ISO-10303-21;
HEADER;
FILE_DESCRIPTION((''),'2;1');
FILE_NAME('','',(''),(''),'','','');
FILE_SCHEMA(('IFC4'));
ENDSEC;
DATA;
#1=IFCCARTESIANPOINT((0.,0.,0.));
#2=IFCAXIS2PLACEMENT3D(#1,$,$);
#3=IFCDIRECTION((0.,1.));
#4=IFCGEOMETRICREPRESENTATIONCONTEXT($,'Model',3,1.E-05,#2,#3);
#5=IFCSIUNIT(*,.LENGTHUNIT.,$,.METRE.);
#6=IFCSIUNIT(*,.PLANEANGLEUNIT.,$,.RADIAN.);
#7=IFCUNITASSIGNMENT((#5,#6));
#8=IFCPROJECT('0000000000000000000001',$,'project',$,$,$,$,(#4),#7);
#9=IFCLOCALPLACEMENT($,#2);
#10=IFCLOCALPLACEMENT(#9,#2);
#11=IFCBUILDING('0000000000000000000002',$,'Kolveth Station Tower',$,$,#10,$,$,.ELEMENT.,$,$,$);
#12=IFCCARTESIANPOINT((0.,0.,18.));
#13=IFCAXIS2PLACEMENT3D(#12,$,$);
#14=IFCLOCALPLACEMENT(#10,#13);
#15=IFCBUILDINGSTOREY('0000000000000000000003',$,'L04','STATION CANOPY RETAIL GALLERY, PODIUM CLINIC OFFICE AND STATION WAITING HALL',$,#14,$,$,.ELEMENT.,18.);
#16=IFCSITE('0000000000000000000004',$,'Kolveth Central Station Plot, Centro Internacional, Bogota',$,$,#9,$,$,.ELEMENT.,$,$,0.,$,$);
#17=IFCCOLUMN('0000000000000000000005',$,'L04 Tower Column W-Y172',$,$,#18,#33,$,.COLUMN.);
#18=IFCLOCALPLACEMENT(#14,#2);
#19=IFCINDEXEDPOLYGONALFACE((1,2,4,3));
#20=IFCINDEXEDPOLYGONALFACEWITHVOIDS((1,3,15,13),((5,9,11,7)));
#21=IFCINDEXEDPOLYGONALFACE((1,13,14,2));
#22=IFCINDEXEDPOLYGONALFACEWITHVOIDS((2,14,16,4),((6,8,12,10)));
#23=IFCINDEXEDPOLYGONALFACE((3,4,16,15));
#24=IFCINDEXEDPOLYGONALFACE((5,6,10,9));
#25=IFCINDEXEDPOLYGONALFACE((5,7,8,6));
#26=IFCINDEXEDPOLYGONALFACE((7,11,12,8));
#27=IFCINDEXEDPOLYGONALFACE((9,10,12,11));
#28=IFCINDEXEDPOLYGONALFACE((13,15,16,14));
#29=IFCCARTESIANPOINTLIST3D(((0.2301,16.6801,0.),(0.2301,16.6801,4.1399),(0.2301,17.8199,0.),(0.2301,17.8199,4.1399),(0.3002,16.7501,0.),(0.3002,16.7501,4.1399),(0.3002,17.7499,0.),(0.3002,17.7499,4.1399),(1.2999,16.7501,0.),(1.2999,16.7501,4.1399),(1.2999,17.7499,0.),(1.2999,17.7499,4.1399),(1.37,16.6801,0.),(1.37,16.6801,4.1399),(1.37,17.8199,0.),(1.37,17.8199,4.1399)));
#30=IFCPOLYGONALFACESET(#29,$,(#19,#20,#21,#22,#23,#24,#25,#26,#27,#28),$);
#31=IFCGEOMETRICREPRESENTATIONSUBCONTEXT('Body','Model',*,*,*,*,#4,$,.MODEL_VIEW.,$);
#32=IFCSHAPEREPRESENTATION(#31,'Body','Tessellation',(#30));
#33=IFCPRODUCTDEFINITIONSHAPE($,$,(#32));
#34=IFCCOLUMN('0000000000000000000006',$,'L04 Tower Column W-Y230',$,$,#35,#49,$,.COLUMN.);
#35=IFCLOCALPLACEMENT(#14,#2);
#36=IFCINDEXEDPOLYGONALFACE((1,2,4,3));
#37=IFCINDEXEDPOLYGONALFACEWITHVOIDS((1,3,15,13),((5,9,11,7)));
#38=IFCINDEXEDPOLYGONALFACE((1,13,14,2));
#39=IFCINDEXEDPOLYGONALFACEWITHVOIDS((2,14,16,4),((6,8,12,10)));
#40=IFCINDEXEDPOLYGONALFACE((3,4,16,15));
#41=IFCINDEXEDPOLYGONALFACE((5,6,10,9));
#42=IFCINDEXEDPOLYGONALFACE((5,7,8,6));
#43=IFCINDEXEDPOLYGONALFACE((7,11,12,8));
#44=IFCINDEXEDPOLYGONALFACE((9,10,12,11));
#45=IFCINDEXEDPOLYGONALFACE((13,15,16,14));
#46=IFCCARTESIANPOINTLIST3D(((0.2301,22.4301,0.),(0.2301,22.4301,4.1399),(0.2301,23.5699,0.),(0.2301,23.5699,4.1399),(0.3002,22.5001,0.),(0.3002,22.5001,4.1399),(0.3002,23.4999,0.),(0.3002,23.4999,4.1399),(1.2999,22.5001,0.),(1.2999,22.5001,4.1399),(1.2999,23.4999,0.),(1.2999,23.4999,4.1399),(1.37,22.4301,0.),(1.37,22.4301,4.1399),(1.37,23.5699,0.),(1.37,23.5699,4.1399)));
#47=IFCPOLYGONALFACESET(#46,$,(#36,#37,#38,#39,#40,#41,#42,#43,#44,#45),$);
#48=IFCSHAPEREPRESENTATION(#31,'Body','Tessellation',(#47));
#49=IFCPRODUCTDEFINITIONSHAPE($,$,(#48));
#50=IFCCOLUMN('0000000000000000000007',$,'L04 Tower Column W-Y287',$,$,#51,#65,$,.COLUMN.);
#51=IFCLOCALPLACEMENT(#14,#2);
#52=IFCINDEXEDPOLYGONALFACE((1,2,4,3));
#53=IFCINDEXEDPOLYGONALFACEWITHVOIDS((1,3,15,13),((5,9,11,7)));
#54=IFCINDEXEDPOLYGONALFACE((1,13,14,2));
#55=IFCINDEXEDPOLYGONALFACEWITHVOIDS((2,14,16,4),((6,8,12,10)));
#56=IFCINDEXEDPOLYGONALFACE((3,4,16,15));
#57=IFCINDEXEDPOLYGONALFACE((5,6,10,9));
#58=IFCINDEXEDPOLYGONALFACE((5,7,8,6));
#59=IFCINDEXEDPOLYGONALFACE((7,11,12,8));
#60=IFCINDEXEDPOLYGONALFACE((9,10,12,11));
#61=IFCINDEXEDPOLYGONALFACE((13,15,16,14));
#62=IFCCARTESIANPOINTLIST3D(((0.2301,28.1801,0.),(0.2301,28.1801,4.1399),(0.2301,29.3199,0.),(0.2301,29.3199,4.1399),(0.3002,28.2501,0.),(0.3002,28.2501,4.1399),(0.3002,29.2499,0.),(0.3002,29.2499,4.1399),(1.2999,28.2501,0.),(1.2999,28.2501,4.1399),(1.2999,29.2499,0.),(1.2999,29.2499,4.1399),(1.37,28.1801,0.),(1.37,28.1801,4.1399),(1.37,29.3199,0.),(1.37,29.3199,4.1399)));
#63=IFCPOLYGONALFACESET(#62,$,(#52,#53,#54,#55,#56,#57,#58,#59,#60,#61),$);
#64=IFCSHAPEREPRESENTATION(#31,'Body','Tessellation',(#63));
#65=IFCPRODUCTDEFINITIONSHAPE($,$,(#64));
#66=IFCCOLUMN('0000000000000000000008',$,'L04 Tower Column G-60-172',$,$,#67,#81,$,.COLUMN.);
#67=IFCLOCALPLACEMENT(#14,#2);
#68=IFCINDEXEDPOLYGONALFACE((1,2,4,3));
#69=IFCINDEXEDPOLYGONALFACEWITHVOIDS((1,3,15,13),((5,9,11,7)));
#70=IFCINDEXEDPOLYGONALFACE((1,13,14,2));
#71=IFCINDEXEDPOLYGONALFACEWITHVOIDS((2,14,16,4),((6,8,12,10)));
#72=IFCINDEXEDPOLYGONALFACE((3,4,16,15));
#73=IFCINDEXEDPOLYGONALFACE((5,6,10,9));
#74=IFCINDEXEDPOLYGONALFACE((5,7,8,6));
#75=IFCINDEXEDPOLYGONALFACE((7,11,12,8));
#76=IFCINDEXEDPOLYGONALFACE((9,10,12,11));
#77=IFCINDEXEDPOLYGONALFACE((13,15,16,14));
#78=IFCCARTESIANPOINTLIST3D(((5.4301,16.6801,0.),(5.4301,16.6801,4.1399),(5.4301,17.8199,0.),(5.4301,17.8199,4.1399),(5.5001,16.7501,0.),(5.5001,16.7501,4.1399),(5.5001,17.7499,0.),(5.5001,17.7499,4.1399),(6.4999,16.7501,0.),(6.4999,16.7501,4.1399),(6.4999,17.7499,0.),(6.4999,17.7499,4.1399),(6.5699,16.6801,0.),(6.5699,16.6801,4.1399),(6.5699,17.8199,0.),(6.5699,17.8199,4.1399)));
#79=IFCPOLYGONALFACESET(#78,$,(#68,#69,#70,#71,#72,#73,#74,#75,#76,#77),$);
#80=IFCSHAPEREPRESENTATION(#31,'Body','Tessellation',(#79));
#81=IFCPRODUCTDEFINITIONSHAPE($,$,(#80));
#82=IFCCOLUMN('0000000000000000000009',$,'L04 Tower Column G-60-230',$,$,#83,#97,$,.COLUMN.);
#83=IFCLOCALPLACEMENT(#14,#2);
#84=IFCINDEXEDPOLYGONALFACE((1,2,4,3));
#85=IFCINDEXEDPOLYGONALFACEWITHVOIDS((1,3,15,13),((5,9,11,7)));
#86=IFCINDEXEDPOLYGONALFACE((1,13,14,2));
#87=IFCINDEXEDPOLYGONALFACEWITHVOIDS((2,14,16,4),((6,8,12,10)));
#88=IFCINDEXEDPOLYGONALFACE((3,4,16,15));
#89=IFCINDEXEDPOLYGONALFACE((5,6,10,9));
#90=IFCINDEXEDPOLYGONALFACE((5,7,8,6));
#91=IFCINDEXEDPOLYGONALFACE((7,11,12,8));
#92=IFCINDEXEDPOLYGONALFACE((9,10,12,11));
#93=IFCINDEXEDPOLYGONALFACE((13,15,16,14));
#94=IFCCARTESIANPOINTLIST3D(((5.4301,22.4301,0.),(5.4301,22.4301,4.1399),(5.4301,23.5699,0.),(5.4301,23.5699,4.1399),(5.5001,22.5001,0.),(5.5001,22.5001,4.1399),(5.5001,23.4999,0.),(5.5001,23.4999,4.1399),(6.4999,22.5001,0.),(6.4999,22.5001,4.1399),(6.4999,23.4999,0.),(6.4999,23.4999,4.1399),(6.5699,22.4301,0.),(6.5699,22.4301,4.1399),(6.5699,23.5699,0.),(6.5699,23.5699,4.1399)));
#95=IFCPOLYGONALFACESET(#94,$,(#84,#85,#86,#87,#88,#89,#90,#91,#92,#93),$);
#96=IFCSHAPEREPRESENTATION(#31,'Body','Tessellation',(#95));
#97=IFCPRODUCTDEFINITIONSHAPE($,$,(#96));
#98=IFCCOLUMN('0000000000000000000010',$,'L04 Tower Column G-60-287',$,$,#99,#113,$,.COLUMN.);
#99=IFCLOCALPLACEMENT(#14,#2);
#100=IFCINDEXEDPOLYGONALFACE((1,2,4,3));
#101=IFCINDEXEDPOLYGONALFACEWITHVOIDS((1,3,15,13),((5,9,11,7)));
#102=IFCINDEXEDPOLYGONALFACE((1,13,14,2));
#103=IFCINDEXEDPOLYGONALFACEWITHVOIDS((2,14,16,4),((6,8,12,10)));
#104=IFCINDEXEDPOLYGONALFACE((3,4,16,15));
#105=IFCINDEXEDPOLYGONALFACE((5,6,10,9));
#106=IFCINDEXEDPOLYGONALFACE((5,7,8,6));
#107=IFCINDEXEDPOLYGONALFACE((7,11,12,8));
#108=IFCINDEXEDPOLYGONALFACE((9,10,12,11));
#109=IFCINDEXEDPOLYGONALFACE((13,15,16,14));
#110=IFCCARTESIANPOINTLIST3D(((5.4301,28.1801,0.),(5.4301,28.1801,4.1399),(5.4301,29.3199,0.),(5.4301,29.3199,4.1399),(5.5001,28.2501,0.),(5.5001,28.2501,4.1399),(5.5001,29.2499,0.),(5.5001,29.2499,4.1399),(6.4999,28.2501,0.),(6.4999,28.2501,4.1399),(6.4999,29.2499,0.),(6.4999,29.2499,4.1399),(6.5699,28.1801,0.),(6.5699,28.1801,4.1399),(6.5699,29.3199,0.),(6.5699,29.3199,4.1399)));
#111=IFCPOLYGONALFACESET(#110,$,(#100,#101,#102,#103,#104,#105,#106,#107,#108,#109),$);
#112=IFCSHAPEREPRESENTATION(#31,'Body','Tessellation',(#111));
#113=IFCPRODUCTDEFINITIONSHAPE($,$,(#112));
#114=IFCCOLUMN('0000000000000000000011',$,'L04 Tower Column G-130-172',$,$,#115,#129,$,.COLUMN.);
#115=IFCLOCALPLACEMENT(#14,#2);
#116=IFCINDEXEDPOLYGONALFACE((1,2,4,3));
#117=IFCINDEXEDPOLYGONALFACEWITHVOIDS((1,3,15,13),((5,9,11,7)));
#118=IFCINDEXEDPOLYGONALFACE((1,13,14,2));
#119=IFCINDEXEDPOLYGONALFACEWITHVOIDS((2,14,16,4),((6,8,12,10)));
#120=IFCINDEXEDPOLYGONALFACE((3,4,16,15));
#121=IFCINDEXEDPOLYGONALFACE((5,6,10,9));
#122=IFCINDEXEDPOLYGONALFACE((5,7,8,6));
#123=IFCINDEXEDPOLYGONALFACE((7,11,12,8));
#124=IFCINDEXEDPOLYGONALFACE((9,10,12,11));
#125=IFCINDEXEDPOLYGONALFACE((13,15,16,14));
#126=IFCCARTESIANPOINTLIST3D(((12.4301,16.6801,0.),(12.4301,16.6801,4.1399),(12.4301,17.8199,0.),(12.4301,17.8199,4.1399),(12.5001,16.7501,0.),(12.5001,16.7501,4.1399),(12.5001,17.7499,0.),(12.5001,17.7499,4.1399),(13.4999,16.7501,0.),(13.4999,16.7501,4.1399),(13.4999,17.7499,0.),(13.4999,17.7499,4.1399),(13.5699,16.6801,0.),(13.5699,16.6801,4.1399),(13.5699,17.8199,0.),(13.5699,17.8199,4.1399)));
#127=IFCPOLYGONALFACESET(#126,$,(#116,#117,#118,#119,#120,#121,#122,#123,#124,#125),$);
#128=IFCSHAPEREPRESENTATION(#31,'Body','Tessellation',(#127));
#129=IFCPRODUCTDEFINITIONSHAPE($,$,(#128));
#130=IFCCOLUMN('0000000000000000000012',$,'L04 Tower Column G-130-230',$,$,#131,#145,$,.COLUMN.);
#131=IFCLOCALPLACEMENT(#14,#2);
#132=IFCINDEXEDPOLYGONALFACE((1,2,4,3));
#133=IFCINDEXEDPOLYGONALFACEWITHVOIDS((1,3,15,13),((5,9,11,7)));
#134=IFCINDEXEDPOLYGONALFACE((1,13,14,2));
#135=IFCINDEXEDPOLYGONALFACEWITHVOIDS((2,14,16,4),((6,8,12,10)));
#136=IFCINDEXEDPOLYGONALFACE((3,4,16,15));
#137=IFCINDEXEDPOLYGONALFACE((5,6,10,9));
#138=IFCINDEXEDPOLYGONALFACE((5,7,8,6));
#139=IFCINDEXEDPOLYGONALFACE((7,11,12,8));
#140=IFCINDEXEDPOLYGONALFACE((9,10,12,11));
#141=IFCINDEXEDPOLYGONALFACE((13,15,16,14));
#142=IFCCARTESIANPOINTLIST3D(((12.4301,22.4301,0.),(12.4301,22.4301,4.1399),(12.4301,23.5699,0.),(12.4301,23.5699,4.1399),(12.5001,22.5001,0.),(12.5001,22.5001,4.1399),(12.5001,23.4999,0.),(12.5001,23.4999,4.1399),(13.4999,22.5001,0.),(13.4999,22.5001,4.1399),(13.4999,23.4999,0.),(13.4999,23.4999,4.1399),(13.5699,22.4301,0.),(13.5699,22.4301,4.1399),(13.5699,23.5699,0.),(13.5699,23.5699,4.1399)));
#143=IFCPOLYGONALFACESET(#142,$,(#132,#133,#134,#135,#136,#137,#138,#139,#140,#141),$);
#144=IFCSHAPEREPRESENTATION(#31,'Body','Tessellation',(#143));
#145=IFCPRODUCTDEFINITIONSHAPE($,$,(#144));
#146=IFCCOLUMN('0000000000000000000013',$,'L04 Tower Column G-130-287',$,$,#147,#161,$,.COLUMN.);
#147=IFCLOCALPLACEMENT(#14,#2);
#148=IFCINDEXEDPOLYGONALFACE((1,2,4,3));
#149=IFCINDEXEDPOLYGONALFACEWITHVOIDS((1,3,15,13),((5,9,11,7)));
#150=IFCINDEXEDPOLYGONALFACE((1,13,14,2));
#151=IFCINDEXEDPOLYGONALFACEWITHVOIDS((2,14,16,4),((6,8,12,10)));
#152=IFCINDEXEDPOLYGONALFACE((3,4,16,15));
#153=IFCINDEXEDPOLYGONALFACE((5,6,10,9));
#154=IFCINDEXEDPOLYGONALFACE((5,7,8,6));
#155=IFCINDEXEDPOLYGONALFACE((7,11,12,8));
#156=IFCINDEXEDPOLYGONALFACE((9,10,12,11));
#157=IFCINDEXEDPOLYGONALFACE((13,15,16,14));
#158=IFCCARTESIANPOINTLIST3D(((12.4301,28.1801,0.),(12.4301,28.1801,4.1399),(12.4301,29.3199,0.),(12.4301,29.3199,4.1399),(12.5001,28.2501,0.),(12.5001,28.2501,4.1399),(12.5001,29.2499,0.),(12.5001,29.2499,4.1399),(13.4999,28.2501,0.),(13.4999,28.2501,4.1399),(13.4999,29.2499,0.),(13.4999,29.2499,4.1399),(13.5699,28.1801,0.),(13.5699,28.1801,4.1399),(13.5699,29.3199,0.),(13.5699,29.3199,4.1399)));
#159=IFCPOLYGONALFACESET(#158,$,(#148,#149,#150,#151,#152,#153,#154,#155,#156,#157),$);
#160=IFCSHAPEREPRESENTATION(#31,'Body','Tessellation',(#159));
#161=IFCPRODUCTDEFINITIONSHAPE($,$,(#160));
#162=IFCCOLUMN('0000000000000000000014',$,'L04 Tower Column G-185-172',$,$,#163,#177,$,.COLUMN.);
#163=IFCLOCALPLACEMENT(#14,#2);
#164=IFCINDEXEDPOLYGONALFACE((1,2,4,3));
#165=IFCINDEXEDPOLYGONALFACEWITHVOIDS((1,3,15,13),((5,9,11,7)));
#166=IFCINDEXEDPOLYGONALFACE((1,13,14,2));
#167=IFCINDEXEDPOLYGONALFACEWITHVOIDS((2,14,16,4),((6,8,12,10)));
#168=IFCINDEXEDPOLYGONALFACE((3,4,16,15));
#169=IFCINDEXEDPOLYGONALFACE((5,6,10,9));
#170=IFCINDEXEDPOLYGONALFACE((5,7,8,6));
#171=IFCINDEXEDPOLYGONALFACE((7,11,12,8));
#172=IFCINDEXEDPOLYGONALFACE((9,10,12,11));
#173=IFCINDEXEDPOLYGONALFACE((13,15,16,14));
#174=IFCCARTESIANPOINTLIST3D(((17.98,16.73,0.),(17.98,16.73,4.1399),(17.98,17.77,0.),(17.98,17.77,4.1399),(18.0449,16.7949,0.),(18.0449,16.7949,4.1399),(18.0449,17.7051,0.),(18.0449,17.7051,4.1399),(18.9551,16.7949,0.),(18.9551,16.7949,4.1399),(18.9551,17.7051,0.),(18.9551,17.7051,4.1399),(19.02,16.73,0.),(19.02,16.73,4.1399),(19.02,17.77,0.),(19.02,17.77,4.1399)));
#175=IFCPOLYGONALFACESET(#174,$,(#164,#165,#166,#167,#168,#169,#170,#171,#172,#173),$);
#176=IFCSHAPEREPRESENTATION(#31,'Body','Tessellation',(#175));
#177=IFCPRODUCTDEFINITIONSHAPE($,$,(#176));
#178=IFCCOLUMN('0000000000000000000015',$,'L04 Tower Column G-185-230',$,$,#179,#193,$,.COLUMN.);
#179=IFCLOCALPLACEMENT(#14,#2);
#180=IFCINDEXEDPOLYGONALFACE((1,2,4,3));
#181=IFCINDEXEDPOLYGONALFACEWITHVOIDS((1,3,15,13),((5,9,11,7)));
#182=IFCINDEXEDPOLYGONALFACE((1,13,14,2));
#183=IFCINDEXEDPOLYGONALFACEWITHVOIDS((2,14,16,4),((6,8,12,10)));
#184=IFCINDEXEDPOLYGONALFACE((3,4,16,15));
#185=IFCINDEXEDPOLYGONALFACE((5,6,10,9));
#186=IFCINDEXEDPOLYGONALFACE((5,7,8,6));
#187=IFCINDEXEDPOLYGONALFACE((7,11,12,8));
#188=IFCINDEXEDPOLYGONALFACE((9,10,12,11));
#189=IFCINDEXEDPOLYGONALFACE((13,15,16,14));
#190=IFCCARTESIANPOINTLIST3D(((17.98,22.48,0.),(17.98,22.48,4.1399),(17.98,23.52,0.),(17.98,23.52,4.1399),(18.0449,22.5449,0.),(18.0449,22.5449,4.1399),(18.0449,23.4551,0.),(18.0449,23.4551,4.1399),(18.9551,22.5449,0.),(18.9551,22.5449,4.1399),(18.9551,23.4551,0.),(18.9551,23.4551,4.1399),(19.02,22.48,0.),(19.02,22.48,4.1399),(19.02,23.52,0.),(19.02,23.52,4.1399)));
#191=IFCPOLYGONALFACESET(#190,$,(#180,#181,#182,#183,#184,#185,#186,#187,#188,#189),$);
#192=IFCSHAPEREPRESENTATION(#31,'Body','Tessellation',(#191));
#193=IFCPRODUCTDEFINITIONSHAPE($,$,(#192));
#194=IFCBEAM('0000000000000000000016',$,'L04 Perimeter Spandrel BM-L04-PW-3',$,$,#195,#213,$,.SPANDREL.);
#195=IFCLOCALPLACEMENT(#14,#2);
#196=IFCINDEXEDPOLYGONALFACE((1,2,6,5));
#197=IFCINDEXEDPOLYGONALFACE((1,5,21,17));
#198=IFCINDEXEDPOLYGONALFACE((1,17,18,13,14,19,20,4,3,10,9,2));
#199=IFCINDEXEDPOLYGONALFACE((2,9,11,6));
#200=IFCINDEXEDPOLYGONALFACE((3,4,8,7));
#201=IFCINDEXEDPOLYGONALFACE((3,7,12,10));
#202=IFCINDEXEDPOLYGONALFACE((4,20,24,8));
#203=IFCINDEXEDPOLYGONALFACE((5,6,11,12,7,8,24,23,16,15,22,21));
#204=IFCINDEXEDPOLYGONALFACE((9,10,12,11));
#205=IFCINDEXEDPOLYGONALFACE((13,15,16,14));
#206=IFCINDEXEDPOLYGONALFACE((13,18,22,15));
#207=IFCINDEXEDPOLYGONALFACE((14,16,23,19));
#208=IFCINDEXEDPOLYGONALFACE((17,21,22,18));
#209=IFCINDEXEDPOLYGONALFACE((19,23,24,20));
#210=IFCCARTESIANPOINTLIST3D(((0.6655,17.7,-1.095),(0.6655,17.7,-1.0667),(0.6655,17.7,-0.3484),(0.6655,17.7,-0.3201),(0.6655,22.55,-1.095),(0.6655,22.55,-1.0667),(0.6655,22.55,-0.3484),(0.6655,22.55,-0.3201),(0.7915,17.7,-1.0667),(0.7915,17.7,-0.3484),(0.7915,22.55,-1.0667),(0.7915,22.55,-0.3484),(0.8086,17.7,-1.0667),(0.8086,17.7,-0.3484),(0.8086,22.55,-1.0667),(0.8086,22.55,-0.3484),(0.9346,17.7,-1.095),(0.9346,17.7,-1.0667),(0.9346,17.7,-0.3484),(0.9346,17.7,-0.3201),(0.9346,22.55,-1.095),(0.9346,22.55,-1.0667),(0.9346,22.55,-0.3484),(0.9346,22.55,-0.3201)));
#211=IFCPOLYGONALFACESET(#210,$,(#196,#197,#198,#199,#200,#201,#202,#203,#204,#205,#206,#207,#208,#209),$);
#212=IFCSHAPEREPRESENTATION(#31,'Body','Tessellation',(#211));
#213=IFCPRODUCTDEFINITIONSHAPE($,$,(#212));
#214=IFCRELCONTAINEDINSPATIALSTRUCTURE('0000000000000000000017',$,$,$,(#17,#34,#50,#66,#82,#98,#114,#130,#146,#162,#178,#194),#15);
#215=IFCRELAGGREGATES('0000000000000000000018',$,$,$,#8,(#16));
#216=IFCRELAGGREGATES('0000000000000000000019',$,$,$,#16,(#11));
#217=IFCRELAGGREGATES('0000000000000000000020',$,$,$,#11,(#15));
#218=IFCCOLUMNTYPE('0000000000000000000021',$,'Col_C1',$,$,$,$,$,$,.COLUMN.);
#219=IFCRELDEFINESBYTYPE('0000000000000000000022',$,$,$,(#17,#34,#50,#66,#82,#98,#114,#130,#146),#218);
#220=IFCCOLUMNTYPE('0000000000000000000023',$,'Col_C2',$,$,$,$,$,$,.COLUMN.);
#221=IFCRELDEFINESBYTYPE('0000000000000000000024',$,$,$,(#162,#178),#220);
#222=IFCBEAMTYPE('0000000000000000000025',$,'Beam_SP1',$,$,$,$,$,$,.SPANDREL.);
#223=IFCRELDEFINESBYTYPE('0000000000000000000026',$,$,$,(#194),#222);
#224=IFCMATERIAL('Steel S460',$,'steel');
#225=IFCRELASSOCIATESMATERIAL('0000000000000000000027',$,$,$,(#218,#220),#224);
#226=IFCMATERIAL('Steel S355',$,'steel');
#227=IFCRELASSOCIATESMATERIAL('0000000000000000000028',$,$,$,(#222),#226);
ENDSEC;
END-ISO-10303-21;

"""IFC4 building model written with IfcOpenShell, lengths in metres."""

from ifc_helpers import new_model, si_unit, direction, frame, origin, origin_2d, place, context, subcontext, project, spatial, hollow_rectangle, i_section, extrude, source, transform, mapped, material, material_profile, profile_set, type_object, element, save


model = new_model("IFC4")

# Units and contexts
model_context = context("Model", 3, precision=1e-05, world=origin(), true_north=direction((0.0, 1.0)))
body_context = subcontext(model_context, "Body", "Model", "MODEL_VIEW")
ifc_project = project(units=[si_unit("LENGTHUNIT", "METRE"), si_unit("PLANEANGLEUNIT", "RADIAN")], contexts=[model_context])

# Site, building, storey
site_placement = place(None, origin())
site = spatial("IfcSite", under=ifc_project, at=site_placement, Name="Kolveth Central Station Plot, Centro Internacional, Bogota", CompositionType="ELEMENT", RefElevation=0.0)
building_placement = place(site_placement, origin())
building = spatial("IfcBuilding", under=site, at=building_placement, Name="Kolveth Station Tower", CompositionType="ELEMENT")
storey_placement = place(building_placement, frame((0.0, 0.0, 18.0)))
storey = spatial("IfcBuildingStorey", under=building, at=storey_placement, Name="L04", Description="STATION CANOPY RETAIL GALLERY, PODIUM CLINIC OFFICE AND STATION WAITING HALL", CompositionType="ELEMENT", Elevation=18.0)

# Columns
ifc_material_1 = material(Name="Steel S460", Category="steel")
ifc_material_profile_1 = material_profile(ifc_material_1, hollow_rectangle(XDim=1.1399, YDim=1.1399, WallThickness=0.0701, at=origin_2d()), Name="BOX1140x1140x70")
ifc_profile_set_1 = profile_set([ifc_material_profile_1], Name="Steel S460")
column_type_1 = type_object("IfcColumnType", Name="Col_C1", PredefinedType="COLUMN", material=ifc_profile_set_1)
shared_shape_1 = source(origin(), body_context, "Body", "SweptSolid", [
    extrude(hollow_rectangle(XDim=1.1399, YDim=1.1399, WallThickness=0.0701, at=origin_2d()), origin(), (0.0, 0.0, 1.0), 4.1399),
])
for number, where, z_axis, x_axis, name in (
    (1, (0.8, 17.25, 0.0), (0.0, 0.0, 1.0), (1.0, 0.0, 0.0), "L04 Tower Column W-Y172"),
    (2, (0.8, 23.0, 0.0), (0.0, 0.0, 1.0), (1.0, 0.0, 0.0), "L04 Tower Column W-Y230"),
    (3, (0.8, 28.75, 0.0), (0.0, 0.0, 1.0), (1.0, 0.0, 0.0), "L04 Tower Column W-Y287"),
    (4, (6.0, 17.25, 0.0), (0.0, 0.0, 1.0), (1.0, 0.0, 0.0), "L04 Tower Column G-60-172"),
    (5, (6.0, 23.0, 0.0), (0.0, 0.0, 1.0), (1.0, 0.0, 0.0), "L04 Tower Column G-60-230"),
    (6, (6.0, 28.75, 0.0), (0.0, 0.0, 1.0), (1.0, 0.0, 0.0), "L04 Tower Column G-60-287"),
    (7, (13.0, 17.25, 0.0), (0.0, 0.0, 1.0), (1.0, 0.0, 0.0), "L04 Tower Column G-130-172"),
    (8, (13.0, 23.0, 0.0), (0.0, 0.0, 1.0), (1.0, 0.0, 0.0), "L04 Tower Column G-130-230"),
    (9, (13.0, 28.75, 0.0), (0.0, 0.0, 1.0), (1.0, 0.0, 0.0), "L04 Tower Column G-130-287"),
):
    element("IfcColumn", number, at=place(storey_placement, frame(where, z_axis=z_axis, x_axis=x_axis)), inside=storey, type_object=column_type_1, Name=name, PredefinedType="COLUMN", context=body_context, shape_type="MappedRepresentation", body=[
        mapped(shared_shape_1, transform((0.0, 0.0, 0.0), x_axis=(1.0, 0.0, 0.0), y_axis=(0.0, 1.0, 0.0), z_axis=(0.0, 0.0, 1.0), scale=1.0)),
    ])
ifc_material_profile_2 = material_profile(ifc_material_1, hollow_rectangle(XDim=1.04, YDim=1.04, WallThickness=0.0649, at=origin_2d()), Name="BOX1040x1040x65")
ifc_profile_set_2 = profile_set([ifc_material_profile_2], Name="Steel S460")
column_type_2 = type_object("IfcColumnType", Name="Col_C2", PredefinedType="COLUMN", material=ifc_profile_set_2)
shared_shape_2 = source(origin(), body_context, "Body", "SweptSolid", [
    extrude(hollow_rectangle(XDim=1.04, YDim=1.04, WallThickness=0.0649, at=origin_2d()), origin(), (0.0, 0.0, 1.0), 4.1399),
])
for number, where, z_axis, x_axis, name in (
    (10, (18.5, 17.25, 0.0), (0.0, 0.0, 1.0), (1.0, 0.0, 0.0), "L04 Tower Column G-185-172"),
    (11, (18.5, 23.0, 0.0), (0.0, 0.0, 1.0), (1.0, 0.0, 0.0), "L04 Tower Column G-185-230"),
):
    element("IfcColumn", number, at=place(storey_placement, frame(where, z_axis=z_axis, x_axis=x_axis)), inside=storey, type_object=column_type_2, Name=name, PredefinedType="COLUMN", context=body_context, shape_type="MappedRepresentation", body=[
        mapped(shared_shape_2, transform((0.0, 0.0, 0.0), x_axis=(1.0, 0.0, 0.0), y_axis=(0.0, 1.0, 0.0), z_axis=(0.0, 0.0, 1.0), scale=1.0)),
    ])

# Beam
ifc_material_2 = material(Name="Steel S355", Category="steel")
ifc_material_profile_3 = material_profile(ifc_material_2, i_section(OverallWidth=0.269, OverallDepth=0.7749, WebThickness=0.0171, FlangeThickness=0.0283, at=origin_2d()), Name="W760x220")
ifc_profile_set_3 = profile_set([ifc_material_profile_3], Name="Steel S355")
beam_type_1 = type_object("IfcBeamType", Name="Beam_SP1", PredefinedType="SPANDREL", material=ifc_profile_set_3)
shared_shape_3 = source(origin(), body_context, "Body", "SweptSolid", [
    extrude(i_section(OverallWidth=0.269, OverallDepth=0.7749, WebThickness=0.0171, FlangeThickness=0.0283, at=origin_2d()), origin(), (0.0, 0.0, 1.0), 4.8501),
])
for number, where, z_axis, x_axis, name in (
    (12, (0.8, 17.7, -0.7075), (0.0, 1.0, 0.0), (-1.0, 0.0, 0.0), "L04 Perimeter Spandrel BM-L04-PW-3"),
):
    element("IfcBeam", number, at=place(storey_placement, frame(where, z_axis=z_axis, x_axis=x_axis)), inside=storey, type_object=beam_type_1, Name=name, PredefinedType="SPANDREL", context=body_context, shape_type="MappedRepresentation", body=[
        mapped(shared_shape_3, transform((0.0, 0.0, 0.0), x_axis=(1.0, 0.0, 0.0), y_axis=(0.0, 1.0, 0.0), z_axis=(0.0, 0.0, 1.0), scale=1.0)),
    ])

save(model, "model.ifc")
